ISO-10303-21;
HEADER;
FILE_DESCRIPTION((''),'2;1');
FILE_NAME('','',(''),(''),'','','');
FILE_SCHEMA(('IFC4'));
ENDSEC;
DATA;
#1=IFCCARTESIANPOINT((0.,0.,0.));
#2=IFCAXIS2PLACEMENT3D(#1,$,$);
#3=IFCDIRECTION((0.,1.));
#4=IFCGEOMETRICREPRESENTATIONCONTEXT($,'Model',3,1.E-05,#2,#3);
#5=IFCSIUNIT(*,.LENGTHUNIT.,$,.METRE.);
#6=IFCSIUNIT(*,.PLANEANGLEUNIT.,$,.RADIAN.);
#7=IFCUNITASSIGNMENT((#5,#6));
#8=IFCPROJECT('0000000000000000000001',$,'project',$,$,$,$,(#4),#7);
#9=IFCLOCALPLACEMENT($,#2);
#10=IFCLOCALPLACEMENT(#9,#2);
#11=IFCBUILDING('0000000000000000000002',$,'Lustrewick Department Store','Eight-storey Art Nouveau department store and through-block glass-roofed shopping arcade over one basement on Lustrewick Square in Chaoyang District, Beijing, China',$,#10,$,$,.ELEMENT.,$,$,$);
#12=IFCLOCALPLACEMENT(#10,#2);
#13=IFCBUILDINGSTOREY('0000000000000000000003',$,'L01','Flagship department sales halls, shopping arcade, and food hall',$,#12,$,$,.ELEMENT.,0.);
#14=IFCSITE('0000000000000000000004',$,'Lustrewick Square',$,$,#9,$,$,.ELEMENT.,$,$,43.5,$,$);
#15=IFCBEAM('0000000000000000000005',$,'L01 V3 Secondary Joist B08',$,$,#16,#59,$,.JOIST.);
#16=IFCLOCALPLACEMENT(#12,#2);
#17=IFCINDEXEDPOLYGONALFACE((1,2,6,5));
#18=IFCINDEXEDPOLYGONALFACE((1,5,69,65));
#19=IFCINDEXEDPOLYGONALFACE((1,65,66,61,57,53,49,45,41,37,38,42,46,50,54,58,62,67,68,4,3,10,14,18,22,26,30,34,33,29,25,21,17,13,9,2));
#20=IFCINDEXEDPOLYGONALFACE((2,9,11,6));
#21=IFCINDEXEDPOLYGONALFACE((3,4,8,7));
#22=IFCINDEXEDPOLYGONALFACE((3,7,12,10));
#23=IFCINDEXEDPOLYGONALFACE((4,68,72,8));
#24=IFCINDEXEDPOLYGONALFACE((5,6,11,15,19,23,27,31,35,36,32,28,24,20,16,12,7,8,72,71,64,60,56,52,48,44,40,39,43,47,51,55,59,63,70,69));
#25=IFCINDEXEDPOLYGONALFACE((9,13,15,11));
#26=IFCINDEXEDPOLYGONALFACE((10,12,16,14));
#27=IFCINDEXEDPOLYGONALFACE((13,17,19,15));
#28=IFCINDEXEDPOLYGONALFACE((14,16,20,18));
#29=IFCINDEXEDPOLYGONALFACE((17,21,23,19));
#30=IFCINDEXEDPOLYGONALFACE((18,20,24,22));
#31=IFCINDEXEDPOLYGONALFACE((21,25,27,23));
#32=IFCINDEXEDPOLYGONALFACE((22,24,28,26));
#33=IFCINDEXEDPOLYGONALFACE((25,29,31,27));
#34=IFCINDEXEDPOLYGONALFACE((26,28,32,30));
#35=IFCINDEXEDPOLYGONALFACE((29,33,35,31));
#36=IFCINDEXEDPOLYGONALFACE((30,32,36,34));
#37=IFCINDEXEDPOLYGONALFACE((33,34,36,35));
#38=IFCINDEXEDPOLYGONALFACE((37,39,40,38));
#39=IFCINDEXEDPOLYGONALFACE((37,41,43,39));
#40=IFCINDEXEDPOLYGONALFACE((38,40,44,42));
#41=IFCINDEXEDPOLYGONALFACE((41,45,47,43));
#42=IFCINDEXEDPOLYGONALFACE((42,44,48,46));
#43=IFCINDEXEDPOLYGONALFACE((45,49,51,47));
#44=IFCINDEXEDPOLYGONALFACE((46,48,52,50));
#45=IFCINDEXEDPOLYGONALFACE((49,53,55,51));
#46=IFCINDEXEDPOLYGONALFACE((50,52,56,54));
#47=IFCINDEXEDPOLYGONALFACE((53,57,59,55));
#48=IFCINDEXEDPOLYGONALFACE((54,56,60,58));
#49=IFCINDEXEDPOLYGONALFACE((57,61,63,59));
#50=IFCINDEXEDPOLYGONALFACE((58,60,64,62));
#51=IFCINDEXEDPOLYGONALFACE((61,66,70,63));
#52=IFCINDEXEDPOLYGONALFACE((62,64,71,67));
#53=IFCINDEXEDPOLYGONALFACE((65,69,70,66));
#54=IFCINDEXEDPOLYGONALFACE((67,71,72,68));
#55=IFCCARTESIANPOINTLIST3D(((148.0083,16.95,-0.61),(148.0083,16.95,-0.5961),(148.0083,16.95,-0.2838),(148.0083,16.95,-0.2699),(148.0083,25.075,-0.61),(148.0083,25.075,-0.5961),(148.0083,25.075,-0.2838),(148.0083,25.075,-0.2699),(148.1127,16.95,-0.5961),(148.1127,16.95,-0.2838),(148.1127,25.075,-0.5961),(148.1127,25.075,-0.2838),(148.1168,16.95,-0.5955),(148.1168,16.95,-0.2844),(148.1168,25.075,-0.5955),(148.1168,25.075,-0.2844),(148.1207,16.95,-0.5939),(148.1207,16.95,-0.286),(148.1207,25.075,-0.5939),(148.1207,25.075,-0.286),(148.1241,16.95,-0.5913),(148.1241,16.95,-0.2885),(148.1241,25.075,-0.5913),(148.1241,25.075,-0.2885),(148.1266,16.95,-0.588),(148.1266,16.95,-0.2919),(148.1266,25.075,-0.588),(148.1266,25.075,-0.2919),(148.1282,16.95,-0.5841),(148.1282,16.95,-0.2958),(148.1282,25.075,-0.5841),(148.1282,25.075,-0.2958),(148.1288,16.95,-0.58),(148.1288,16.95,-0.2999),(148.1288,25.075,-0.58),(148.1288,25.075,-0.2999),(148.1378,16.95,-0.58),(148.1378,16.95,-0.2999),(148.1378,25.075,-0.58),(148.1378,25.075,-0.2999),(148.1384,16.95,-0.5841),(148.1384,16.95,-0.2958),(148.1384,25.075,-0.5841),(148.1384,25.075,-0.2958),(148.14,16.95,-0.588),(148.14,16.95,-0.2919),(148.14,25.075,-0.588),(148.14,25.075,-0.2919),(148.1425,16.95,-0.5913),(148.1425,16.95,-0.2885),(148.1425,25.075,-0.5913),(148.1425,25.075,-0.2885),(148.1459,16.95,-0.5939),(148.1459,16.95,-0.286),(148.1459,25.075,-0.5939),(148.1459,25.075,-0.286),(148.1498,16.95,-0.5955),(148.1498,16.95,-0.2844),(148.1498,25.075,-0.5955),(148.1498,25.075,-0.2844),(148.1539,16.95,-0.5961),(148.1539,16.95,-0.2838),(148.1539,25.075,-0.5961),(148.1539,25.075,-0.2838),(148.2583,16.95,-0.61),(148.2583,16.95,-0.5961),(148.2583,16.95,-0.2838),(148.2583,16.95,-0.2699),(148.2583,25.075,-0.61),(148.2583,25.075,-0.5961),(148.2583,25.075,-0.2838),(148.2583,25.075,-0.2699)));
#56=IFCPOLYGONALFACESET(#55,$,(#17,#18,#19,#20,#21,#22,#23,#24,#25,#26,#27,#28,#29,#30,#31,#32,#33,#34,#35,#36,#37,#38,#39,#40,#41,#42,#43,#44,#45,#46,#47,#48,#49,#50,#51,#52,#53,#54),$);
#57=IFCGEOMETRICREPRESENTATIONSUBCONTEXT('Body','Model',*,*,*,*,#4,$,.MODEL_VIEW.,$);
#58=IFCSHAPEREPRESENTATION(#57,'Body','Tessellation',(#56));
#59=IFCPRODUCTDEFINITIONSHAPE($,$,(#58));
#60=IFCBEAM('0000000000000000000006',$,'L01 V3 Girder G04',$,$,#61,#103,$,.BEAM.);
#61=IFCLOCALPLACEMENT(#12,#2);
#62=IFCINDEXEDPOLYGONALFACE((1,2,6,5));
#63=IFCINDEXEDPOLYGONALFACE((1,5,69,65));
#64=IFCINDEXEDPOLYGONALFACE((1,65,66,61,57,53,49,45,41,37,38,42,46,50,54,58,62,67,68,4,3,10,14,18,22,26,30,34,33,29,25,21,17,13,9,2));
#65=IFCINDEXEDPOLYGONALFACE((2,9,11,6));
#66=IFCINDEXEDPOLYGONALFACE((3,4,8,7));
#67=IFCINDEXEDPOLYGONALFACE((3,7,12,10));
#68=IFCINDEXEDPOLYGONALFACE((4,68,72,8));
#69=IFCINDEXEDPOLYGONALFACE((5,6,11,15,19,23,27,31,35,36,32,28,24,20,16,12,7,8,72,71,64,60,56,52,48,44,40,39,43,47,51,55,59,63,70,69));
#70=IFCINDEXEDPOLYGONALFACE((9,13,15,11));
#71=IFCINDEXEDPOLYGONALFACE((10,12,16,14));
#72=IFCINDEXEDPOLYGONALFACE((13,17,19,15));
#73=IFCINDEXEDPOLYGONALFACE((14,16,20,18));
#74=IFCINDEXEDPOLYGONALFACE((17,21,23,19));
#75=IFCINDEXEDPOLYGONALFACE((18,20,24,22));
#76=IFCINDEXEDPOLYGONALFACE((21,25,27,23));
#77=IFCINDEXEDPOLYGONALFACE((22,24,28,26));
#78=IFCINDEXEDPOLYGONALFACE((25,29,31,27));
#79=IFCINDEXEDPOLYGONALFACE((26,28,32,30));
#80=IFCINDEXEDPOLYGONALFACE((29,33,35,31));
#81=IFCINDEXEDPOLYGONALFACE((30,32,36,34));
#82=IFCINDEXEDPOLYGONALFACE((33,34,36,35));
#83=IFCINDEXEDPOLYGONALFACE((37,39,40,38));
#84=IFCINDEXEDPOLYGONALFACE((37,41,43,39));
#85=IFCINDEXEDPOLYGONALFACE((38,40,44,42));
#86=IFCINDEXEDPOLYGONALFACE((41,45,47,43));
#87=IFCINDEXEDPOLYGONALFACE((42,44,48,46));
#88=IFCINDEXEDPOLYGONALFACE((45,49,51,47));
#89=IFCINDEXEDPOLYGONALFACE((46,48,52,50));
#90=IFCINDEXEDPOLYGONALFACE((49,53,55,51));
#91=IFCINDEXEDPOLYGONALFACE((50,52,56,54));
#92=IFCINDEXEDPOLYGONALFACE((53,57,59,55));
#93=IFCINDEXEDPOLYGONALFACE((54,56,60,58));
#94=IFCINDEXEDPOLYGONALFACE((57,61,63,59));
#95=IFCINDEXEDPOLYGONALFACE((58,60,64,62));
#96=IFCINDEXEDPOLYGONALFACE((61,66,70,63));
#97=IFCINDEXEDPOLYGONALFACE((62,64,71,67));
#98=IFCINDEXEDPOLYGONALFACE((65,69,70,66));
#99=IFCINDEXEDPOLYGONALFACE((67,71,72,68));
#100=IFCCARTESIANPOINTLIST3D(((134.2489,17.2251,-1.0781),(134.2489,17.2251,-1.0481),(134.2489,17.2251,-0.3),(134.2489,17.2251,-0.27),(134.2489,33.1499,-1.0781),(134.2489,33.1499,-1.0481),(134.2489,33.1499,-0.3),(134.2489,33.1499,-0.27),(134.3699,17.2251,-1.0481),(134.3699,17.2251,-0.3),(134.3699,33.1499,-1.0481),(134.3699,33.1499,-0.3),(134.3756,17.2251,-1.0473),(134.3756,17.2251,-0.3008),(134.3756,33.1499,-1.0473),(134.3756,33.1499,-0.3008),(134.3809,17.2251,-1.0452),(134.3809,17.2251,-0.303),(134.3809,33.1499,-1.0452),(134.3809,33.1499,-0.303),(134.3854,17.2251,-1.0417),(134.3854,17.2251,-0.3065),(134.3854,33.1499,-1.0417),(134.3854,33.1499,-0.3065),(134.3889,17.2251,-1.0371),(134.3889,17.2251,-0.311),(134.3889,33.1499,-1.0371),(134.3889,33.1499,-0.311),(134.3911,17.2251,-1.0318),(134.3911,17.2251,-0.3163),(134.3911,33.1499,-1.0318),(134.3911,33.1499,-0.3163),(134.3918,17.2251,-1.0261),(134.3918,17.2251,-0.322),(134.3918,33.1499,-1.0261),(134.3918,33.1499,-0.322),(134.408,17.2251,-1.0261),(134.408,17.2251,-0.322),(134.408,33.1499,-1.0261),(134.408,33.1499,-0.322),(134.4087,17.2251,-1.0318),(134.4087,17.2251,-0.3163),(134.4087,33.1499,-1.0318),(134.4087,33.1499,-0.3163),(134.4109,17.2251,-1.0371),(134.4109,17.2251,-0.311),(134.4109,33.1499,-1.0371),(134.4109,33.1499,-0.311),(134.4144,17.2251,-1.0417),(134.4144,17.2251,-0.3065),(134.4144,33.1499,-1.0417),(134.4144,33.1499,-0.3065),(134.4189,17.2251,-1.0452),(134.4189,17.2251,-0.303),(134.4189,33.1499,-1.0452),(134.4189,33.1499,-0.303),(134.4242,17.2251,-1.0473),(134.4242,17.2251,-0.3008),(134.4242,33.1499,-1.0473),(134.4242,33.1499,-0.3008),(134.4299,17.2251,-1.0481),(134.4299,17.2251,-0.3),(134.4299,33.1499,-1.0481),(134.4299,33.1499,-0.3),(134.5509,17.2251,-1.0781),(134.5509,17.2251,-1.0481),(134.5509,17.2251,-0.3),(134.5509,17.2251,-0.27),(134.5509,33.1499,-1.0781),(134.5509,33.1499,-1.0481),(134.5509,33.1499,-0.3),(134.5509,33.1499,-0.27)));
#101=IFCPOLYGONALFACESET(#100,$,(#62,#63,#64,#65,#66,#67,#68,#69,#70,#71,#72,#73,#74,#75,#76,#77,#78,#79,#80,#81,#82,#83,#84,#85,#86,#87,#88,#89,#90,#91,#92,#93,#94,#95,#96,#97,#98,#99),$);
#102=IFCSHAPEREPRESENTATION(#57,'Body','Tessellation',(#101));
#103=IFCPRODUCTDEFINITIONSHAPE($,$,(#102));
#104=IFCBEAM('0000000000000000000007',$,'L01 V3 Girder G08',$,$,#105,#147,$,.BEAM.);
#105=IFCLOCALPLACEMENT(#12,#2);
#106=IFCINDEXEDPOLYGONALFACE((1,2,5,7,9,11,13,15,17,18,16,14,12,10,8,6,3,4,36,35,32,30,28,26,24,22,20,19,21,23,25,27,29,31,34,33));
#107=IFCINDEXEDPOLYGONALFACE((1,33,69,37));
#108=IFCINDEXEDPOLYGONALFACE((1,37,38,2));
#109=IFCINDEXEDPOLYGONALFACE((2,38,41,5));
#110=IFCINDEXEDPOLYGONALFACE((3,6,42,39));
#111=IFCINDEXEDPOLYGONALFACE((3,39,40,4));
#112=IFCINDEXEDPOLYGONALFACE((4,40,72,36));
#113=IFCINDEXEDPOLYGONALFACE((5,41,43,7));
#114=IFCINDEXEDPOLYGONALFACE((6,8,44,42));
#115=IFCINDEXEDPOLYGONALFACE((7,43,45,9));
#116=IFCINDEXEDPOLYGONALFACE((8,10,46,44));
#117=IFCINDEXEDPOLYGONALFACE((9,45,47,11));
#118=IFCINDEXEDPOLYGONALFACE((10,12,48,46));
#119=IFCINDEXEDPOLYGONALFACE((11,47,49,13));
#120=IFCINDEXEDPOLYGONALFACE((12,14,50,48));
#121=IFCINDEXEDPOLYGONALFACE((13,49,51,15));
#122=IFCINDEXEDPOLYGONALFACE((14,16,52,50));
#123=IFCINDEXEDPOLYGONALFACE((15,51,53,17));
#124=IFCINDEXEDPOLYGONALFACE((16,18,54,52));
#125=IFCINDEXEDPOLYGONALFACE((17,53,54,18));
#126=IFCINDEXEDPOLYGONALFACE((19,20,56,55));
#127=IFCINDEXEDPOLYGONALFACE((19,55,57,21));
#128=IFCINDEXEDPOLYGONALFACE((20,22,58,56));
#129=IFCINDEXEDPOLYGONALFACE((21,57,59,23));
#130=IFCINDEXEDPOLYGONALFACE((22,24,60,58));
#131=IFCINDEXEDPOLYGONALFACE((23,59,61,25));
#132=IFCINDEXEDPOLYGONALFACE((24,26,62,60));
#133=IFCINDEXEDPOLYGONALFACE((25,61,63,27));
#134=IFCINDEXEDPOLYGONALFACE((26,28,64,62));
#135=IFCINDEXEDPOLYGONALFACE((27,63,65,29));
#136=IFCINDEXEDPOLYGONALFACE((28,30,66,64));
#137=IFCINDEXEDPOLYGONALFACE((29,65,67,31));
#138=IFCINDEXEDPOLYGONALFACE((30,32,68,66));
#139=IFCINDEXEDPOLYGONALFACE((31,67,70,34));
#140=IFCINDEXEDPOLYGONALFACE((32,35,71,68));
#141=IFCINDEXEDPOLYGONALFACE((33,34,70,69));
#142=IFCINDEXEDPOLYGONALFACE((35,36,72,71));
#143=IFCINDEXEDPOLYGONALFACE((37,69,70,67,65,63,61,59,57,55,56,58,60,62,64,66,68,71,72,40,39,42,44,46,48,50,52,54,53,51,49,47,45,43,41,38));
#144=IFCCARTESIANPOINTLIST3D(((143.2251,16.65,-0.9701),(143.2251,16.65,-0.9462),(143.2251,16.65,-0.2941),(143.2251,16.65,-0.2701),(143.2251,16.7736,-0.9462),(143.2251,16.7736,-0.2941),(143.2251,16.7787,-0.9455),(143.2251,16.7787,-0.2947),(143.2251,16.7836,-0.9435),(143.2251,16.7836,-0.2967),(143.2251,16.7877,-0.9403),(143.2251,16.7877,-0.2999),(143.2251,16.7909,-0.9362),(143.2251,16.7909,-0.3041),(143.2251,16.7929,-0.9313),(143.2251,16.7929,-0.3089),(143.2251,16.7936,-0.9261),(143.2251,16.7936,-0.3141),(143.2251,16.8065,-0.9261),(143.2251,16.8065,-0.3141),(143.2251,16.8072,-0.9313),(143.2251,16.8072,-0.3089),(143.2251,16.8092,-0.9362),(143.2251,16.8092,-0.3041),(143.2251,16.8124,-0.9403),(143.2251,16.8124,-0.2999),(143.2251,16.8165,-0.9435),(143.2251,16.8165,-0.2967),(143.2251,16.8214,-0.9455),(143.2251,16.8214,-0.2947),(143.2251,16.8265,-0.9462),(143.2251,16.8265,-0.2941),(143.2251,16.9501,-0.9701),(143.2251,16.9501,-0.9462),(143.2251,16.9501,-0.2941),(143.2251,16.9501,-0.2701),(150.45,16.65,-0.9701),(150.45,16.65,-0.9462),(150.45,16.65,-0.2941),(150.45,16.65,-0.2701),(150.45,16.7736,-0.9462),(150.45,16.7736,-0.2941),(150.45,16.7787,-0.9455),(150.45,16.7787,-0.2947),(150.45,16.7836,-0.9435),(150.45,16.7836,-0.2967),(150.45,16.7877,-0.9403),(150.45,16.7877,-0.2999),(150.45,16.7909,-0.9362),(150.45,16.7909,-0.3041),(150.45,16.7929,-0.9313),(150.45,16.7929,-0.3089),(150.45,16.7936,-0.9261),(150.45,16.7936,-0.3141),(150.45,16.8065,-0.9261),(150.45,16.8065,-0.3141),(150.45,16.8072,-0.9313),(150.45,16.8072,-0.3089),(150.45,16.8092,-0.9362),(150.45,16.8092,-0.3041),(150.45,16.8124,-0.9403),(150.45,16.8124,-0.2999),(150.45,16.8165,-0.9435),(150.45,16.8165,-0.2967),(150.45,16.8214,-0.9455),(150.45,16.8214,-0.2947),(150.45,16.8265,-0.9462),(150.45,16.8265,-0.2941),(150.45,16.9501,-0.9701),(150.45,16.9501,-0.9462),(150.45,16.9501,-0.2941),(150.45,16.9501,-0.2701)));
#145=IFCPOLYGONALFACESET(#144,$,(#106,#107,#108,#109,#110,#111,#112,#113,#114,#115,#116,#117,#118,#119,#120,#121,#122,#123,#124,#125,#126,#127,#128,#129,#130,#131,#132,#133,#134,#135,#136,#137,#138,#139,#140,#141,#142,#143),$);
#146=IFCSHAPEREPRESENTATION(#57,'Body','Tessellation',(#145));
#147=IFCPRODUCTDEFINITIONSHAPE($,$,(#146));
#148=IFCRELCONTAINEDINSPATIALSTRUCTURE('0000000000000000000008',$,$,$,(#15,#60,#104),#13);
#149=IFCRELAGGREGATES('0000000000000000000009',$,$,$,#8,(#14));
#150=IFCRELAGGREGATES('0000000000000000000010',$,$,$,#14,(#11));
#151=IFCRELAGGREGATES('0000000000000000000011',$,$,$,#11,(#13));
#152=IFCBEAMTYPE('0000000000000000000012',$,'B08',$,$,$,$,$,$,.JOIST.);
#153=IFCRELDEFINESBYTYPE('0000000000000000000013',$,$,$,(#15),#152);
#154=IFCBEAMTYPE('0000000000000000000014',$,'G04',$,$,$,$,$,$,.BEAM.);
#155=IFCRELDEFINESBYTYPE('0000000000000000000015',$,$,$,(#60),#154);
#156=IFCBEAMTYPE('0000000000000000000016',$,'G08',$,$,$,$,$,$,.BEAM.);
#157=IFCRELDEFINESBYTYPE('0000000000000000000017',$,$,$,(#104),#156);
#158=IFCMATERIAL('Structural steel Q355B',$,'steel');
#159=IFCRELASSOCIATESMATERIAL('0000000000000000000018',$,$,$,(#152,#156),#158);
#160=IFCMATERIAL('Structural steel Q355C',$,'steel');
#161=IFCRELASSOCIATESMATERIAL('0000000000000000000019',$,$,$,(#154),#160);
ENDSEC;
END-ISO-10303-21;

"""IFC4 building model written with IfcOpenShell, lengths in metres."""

from ifc_helpers import new_model, si_unit, direction, frame, origin, origin_2d, place, context, subcontext, project, spatial, i_section, extrude, material, material_profile, profile_set, type_object, element, save


model = new_model("IFC4")

# Units and contexts
model_context = context("Model", 3, precision=1e-05, world=origin(), true_north=direction((0.0, 1.0)))
body_context = subcontext(model_context, "Body", "Model", "MODEL_VIEW")
ifc_project = project(units=[si_unit("LENGTHUNIT", "METRE"), si_unit("PLANEANGLEUNIT", "RADIAN")], contexts=[model_context])

# Site, building, storey
site_placement = place(None, origin())
site = spatial("IfcSite", under=ifc_project, at=site_placement, Name="Lustrewick Square", CompositionType="ELEMENT", RefElevation=43.5)
building_placement = place(site_placement, origin())
building = spatial("IfcBuilding", under=site, at=building_placement, Name="Lustrewick Department Store", Description="Eight-storey Art Nouveau department store and through-block glass-roofed shopping arcade over one basement on Lustrewick Square in Chaoyang District, Beijing, China", CompositionType="ELEMENT")
storey_placement = place(building_placement, origin())
storey = spatial("IfcBuildingStorey", under=building, at=storey_placement, Name="L01", Description="Flagship department sales halls, shopping arcade, and food hall", CompositionType="ELEMENT", Elevation=0.0)

# Shared definitions
ifc_material_1 = material(Name="Structural steel Q355C", Category="steel")
ifc_material_2 = material(Name="Structural steel Q355B", Category="steel")

# Beams
ifc_material_profile_1 = material_profile(ifc_material_2, i_section(OverallWidth=0.25, OverallDepth=0.3401, WebThickness=0.009, FlangeThickness=0.0139, FilletRadius=0.0161, at=origin_2d()), Name="HM 340x250x9x14")
ifc_profile_set_1 = profile_set([ifc_material_profile_1], Name="Structural steel Q355B")
beam_type_1 = type_object("IfcBeamType", Name="B08", PredefinedType="JOIST", material=ifc_profile_set_1)
beam_1_placement = place(storey_placement, frame((148.1333, 16.95, -0.4399), z_axis=(0.0, 1.0, 0.0), x_axis=(-1.0, 0.0, 0.0)))
element("IfcBeam", 1, at=beam_1_placement, inside=storey, type_object=beam_type_1, Name="L01 V3 Secondary Joist B08", PredefinedType="JOIST", context=body_context, shape_type="SweptSolid", body=[
    extrude(i_section(OverallWidth=0.25, OverallDepth=0.3401, WebThickness=0.009, FlangeThickness=0.0139, FilletRadius=0.0161, at=origin_2d()), origin(), (0.0, 0.0, 1.0), 8.125),
])
ifc_material_profile_2 = material_profile(ifc_material_1, i_section(OverallWidth=0.302, OverallDepth=0.8081, WebThickness=0.0161, FlangeThickness=0.03, FilletRadius=0.022, at=origin_2d()), Name="HN 808x302x16x30")
ifc_profile_set_2 = profile_set([ifc_material_profile_2], Name="Structural steel Q355C")
beam_type_2 = type_object("IfcBeamType", Name="G04", PredefinedType="BEAM", material=ifc_profile_set_2)
beam_2_placement = place(storey_placement, frame((134.3999, 17.2251, -0.6741), z_axis=(0.0, 1.0, 0.0), x_axis=(-1.0, 0.0, 0.0)))
element("IfcBeam", 2, at=beam_2_placement, inside=storey, type_object=beam_type_2, Name="L01 V3 Girder G04", PredefinedType="BEAM", context=body_context, shape_type="SweptSolid", body=[
    extrude(i_section(OverallWidth=0.302, OverallDepth=0.8081, WebThickness=0.0161, FlangeThickness=0.03, FilletRadius=0.022, at=origin_2d()), origin(), (0.0, 0.0, 1.0), 15.9248),
])
ifc_material_profile_3 = material_profile(ifc_material_2, i_section(OverallWidth=0.3, OverallDepth=0.7, WebThickness=0.0129, FlangeThickness=0.0239, FilletRadius=0.02, at=origin_2d()), Name="HN 700x300x13x24")
ifc_profile_set_3 = profile_set([ifc_material_profile_3], Name="Structural steel Q355B")
beam_type_3 = type_object("IfcBeamType", Name="G08", PredefinedType="BEAM", material=ifc_profile_set_3)
beam_3_placement = place(storey_placement, frame((143.2251, 16.8, -0.6201), z_axis=(1.0, 0.0, 0.0), x_axis=(0.0, 1.0, 0.0)))
element("IfcBeam", 3, at=beam_3_placement, inside=storey, type_object=beam_type_3, Name="L01 V3 Girder G08", PredefinedType="BEAM", context=body_context, shape_type="SweptSolid", body=[
    extrude(i_section(OverallWidth=0.3, OverallDepth=0.7, WebThickness=0.0129, FlangeThickness=0.0239, FilletRadius=0.02, at=origin_2d()), origin(), (0.0, 0.0, 1.0), 7.2249),
])

save(model, "model.ifc")
